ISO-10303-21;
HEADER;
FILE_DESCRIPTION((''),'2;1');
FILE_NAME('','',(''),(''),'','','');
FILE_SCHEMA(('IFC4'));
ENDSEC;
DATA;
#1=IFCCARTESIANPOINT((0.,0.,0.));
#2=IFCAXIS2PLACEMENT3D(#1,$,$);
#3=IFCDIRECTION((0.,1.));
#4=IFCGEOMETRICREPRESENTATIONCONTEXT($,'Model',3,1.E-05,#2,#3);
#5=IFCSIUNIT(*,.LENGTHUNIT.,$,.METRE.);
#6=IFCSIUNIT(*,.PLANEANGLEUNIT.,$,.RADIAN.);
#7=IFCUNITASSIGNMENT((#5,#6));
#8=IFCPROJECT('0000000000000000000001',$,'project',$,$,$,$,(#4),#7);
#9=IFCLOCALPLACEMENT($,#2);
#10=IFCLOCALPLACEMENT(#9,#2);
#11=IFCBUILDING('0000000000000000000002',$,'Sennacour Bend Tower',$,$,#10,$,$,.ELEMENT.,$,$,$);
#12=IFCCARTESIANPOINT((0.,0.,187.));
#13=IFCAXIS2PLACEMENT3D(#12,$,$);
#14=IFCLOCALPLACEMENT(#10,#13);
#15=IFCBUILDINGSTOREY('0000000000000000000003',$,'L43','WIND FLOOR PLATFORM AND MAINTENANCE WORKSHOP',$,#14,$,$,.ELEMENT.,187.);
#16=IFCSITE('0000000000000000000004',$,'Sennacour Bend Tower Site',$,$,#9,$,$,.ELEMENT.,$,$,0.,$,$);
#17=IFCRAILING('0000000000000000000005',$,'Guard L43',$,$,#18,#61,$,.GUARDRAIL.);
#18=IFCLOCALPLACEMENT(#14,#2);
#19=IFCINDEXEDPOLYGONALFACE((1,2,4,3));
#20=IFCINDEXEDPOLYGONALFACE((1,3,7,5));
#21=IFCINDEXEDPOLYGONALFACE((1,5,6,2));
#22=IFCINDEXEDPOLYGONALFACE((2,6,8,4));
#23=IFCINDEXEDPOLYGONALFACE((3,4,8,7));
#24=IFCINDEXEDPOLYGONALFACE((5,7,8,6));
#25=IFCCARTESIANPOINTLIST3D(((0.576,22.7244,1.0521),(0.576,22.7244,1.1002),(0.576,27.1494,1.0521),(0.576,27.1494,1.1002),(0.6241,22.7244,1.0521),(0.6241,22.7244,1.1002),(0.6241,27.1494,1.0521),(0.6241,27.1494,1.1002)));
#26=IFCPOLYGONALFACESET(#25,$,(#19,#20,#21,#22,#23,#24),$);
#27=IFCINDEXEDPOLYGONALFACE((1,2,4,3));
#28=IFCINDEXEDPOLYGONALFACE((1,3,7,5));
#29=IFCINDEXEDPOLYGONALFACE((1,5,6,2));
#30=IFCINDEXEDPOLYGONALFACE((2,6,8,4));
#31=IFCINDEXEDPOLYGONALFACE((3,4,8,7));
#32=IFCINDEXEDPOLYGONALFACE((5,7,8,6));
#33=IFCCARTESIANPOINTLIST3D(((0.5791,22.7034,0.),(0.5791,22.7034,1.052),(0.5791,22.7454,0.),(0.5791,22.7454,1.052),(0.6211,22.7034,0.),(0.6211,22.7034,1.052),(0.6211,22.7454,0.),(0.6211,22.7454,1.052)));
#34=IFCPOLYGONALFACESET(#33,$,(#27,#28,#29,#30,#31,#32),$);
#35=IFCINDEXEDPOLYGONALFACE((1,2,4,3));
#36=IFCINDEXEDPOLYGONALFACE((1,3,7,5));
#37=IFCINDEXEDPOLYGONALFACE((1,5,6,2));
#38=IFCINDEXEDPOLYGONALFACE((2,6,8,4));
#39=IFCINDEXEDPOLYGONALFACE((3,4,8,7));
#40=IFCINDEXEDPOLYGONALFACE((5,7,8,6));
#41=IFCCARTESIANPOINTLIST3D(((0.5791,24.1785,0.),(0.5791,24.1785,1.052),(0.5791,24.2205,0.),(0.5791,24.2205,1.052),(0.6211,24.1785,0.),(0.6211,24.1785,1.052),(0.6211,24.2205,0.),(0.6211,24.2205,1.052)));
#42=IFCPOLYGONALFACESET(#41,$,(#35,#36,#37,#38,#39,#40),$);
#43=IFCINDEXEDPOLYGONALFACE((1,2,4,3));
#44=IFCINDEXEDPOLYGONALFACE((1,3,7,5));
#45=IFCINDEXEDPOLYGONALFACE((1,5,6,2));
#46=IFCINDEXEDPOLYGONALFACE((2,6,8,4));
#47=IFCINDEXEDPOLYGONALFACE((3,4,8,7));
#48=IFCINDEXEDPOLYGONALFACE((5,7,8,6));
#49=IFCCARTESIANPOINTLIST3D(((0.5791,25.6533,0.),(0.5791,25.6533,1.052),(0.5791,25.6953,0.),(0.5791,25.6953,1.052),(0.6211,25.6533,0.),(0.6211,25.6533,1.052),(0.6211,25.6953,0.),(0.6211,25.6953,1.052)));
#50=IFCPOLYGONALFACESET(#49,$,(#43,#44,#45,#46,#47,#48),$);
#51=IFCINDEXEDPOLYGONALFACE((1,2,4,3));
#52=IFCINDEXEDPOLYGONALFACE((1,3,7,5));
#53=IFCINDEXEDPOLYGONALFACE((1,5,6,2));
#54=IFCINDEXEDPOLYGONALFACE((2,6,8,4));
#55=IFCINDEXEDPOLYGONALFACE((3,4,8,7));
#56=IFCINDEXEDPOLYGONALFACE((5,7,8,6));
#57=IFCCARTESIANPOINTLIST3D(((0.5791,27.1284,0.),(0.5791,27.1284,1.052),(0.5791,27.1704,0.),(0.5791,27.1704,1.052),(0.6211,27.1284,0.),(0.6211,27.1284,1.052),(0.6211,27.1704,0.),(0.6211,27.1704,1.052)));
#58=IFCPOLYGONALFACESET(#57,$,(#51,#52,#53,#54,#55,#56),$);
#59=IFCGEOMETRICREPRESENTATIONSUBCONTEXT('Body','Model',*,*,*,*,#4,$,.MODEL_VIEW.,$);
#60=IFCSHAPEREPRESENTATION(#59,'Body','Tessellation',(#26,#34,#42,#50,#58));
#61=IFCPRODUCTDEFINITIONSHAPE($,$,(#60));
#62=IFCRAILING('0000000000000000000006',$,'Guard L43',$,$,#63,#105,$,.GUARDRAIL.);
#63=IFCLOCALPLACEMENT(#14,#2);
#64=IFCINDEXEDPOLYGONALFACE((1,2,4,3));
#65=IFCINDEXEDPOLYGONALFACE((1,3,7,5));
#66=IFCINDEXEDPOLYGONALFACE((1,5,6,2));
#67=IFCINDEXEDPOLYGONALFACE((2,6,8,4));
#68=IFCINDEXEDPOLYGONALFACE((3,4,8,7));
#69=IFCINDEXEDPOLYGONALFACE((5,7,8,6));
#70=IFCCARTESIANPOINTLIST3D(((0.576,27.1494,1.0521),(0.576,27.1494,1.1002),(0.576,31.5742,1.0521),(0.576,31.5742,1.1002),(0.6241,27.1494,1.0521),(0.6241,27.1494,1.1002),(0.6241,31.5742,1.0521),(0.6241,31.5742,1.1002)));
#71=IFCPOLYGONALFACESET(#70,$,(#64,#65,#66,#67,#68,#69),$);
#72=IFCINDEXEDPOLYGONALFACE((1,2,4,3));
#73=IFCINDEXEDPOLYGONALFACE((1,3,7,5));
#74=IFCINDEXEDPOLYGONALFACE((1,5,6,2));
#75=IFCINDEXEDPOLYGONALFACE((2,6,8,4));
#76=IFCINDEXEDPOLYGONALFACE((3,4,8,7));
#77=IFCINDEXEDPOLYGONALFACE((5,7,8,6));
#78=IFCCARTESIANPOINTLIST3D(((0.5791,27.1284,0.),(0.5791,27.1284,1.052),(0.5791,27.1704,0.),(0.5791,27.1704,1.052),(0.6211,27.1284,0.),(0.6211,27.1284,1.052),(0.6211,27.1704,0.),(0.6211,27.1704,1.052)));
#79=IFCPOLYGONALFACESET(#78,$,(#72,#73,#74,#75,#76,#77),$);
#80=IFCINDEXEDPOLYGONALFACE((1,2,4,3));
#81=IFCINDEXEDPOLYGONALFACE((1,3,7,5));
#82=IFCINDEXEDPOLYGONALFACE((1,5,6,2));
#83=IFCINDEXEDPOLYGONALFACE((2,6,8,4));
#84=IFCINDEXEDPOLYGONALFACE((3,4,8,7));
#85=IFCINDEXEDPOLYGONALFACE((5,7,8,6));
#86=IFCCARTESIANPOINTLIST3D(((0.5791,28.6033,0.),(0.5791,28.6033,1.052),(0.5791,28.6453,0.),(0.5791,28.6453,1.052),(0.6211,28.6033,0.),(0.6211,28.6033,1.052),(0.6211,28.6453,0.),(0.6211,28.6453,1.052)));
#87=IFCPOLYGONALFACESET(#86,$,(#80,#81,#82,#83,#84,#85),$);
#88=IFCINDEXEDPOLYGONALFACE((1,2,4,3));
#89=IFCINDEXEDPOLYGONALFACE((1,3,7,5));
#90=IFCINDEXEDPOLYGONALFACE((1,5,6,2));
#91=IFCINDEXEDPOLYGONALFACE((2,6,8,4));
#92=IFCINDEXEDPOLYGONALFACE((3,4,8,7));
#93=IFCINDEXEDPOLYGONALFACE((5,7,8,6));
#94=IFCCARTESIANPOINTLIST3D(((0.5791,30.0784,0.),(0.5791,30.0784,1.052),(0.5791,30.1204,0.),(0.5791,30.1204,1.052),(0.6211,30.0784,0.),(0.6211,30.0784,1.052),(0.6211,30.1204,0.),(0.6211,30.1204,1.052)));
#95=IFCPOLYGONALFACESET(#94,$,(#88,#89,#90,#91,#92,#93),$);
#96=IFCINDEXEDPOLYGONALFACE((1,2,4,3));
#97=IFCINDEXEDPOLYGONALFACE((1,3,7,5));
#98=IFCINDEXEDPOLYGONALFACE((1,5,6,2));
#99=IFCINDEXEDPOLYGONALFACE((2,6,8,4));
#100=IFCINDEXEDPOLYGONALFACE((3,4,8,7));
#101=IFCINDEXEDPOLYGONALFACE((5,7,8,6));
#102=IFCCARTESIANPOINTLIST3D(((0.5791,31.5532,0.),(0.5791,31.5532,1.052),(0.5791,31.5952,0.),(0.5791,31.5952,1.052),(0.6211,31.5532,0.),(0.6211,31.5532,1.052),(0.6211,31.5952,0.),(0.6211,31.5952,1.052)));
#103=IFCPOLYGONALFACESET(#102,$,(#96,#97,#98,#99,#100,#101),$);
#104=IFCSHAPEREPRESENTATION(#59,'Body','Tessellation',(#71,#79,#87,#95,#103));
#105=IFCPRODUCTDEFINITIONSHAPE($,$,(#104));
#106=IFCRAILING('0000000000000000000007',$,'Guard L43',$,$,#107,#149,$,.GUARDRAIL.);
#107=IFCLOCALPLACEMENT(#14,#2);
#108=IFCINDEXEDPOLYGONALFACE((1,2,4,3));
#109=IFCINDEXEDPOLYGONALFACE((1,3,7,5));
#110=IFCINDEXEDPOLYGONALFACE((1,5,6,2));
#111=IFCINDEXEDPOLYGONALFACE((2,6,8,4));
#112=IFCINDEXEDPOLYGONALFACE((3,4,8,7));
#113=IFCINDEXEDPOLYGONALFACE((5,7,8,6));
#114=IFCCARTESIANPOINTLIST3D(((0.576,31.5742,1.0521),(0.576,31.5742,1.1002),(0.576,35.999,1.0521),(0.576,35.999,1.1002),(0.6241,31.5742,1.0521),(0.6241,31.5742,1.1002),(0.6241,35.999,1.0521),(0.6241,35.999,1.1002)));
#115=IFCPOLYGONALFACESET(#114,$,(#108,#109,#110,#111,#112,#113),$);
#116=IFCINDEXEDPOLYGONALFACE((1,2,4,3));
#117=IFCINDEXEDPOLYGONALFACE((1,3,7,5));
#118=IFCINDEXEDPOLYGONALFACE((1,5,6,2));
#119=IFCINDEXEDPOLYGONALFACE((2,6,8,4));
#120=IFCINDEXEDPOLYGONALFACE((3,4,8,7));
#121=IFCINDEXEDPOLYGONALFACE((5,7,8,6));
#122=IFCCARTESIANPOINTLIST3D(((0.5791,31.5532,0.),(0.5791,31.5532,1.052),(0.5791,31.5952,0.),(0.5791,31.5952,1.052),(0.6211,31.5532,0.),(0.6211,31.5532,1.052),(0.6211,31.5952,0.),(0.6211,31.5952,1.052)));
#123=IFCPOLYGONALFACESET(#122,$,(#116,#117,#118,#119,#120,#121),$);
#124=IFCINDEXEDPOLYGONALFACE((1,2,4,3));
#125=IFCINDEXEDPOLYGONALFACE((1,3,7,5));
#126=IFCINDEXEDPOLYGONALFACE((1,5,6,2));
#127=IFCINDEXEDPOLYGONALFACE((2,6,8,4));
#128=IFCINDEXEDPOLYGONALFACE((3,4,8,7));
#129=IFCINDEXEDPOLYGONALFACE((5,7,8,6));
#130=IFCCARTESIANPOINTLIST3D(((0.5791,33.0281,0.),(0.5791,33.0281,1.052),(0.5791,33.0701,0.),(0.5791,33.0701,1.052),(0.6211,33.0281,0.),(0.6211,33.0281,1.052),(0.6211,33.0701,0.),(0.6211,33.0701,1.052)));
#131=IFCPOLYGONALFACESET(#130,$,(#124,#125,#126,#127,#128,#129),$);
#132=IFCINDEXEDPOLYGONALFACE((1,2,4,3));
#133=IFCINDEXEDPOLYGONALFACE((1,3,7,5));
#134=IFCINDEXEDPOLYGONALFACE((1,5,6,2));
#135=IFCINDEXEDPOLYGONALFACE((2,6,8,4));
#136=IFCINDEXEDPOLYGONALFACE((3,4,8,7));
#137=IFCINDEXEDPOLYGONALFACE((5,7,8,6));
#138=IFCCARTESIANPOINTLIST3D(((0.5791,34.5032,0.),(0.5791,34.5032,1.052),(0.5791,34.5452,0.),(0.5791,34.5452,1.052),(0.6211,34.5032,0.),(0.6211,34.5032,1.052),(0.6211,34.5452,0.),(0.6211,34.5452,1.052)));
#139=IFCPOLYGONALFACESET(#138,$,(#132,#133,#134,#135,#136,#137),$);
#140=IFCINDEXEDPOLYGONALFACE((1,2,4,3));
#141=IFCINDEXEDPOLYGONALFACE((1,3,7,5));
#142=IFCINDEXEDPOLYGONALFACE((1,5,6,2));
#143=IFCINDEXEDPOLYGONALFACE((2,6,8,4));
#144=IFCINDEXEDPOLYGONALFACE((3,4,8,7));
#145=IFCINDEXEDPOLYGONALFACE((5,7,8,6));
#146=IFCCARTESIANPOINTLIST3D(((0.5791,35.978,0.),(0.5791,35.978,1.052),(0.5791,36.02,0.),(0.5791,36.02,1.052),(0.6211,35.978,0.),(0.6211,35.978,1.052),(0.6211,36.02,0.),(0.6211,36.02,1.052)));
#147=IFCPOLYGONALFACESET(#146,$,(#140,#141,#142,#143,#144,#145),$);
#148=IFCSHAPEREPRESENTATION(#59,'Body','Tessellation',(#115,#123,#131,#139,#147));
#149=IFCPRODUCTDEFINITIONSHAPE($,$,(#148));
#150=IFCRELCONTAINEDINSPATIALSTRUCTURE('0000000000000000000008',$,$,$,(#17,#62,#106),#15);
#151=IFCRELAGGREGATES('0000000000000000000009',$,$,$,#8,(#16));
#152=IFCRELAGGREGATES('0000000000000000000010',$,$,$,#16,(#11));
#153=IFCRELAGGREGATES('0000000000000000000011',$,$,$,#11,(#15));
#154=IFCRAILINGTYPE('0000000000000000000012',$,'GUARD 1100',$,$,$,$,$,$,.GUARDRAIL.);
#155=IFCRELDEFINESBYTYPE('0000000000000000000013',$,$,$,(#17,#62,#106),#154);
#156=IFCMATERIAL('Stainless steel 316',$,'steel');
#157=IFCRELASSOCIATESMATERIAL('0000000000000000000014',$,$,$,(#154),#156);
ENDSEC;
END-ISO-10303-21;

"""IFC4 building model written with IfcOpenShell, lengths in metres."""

from ifc_helpers import new_model, si_unit, direction, frame, origin, origin_2d, place, context, subcontext, project, spatial, rectangle, extrude, material, type_object, element, save


model = new_model("IFC4")

# Units and contexts
model_context = context("Model", 3, precision=1e-05, world=origin(), true_north=direction((0.0, 1.0)))
body_context = subcontext(model_context, "Body", "Model", "MODEL_VIEW")
ifc_project = project(units=[si_unit("LENGTHUNIT", "METRE"), si_unit("PLANEANGLEUNIT", "RADIAN")], contexts=[model_context])

# Site, building, storey
site_placement = place(None, origin())
site = spatial("IfcSite", under=ifc_project, at=site_placement, Name="Sennacour Bend Tower Site", CompositionType="ELEMENT", RefElevation=0.0)
building_placement = place(site_placement, origin())
building = spatial("IfcBuilding", under=site, at=building_placement, Name="Sennacour Bend Tower", CompositionType="ELEMENT")
storey_placement = place(building_placement, frame((0.0, 0.0, 187.0)))
storey = spatial("IfcBuildingStorey", under=building, at=storey_placement, Name="L43", Description="WIND FLOOR PLATFORM AND MAINTENANCE WORKSHOP", CompositionType="ELEMENT", Elevation=187.0)

# Railings
ifc_material_1 = material(Name="Stainless steel 316", Category="steel")
railing_type = type_object("IfcRailingType", Name="GUARD 1100", PredefinedType="GUARDRAIL", material=ifc_material_1)
railing_placement = place(storey_placement, frame((0.6001, 22.7244, 0.0)))
element("IfcRailing", 1, at=railing_placement, inside=storey, type_object=railing_type, Name="Guard L43", PredefinedType="GUARDRAIL", context=body_context, shape_type="SweptSolid", body=[
    extrude(rectangle(XDim=0.0481, YDim=0.0481, at=origin_2d()), frame((0.0, 0.0, 1.0762), z_axis=(0.0, 1.0, 0.0), x_axis=(-1.0, 0.0, 0.0)), (0.0, 0.0, 1.0), 4.425),
    extrude(rectangle(XDim=0.042, YDim=0.042, at=origin_2d()), origin(), (0.0, 0.0, 1.0), 1.052),
    extrude(rectangle(XDim=0.042, YDim=0.042, at=origin_2d()), frame((0.0, 1.4751, 0.0)), (0.0, 0.0, 1.0), 1.052),
    extrude(rectangle(XDim=0.042, YDim=0.042, at=origin_2d()), frame((0.0, 2.95, 0.0)), (0.0, 0.0, 1.0), 1.052),
    extrude(rectangle(XDim=0.042, YDim=0.042, at=origin_2d()), frame((0.0, 4.425, 0.0)), (0.0, 0.0, 1.0), 1.052),
])
for number, where, name in (
    (2, (0.6001, 27.1494, 0.0), "Guard L43"),
    (3, (0.6001, 31.5742, 0.0), "Guard L43"),
):
    element("IfcRailing", number, at=place(storey_placement, frame(where)), inside=storey, type_object=railing_type, Name=name, PredefinedType="GUARDRAIL", context=body_context, shape_type="SweptSolid", body=[
        extrude(rectangle(XDim=0.0481, YDim=0.0481, at=origin_2d()), frame((0.0, 0.0, 1.0762), z_axis=(0.0, 1.0, 0.0), x_axis=(-1.0, 0.0, 0.0)), (0.0, 0.0, 1.0), 4.4248),
        extrude(rectangle(XDim=0.042, YDim=0.042, at=origin_2d()), origin(), (0.0, 0.0, 1.0), 1.052),
        extrude(rectangle(XDim=0.042, YDim=0.042, at=origin_2d()), frame((0.0, 1.4749, 0.0)), (0.0, 0.0, 1.0), 1.052),
        extrude(rectangle(XDim=0.042, YDim=0.042, at=origin_2d()), frame((0.0, 2.95, 0.0)), (0.0, 0.0, 1.0), 1.052),
        extrude(rectangle(XDim=0.042, YDim=0.042, at=origin_2d()), frame((0.0, 4.4248, 0.0)), (0.0, 0.0, 1.0), 1.052),
    ])

save(model, "model.ifc")
